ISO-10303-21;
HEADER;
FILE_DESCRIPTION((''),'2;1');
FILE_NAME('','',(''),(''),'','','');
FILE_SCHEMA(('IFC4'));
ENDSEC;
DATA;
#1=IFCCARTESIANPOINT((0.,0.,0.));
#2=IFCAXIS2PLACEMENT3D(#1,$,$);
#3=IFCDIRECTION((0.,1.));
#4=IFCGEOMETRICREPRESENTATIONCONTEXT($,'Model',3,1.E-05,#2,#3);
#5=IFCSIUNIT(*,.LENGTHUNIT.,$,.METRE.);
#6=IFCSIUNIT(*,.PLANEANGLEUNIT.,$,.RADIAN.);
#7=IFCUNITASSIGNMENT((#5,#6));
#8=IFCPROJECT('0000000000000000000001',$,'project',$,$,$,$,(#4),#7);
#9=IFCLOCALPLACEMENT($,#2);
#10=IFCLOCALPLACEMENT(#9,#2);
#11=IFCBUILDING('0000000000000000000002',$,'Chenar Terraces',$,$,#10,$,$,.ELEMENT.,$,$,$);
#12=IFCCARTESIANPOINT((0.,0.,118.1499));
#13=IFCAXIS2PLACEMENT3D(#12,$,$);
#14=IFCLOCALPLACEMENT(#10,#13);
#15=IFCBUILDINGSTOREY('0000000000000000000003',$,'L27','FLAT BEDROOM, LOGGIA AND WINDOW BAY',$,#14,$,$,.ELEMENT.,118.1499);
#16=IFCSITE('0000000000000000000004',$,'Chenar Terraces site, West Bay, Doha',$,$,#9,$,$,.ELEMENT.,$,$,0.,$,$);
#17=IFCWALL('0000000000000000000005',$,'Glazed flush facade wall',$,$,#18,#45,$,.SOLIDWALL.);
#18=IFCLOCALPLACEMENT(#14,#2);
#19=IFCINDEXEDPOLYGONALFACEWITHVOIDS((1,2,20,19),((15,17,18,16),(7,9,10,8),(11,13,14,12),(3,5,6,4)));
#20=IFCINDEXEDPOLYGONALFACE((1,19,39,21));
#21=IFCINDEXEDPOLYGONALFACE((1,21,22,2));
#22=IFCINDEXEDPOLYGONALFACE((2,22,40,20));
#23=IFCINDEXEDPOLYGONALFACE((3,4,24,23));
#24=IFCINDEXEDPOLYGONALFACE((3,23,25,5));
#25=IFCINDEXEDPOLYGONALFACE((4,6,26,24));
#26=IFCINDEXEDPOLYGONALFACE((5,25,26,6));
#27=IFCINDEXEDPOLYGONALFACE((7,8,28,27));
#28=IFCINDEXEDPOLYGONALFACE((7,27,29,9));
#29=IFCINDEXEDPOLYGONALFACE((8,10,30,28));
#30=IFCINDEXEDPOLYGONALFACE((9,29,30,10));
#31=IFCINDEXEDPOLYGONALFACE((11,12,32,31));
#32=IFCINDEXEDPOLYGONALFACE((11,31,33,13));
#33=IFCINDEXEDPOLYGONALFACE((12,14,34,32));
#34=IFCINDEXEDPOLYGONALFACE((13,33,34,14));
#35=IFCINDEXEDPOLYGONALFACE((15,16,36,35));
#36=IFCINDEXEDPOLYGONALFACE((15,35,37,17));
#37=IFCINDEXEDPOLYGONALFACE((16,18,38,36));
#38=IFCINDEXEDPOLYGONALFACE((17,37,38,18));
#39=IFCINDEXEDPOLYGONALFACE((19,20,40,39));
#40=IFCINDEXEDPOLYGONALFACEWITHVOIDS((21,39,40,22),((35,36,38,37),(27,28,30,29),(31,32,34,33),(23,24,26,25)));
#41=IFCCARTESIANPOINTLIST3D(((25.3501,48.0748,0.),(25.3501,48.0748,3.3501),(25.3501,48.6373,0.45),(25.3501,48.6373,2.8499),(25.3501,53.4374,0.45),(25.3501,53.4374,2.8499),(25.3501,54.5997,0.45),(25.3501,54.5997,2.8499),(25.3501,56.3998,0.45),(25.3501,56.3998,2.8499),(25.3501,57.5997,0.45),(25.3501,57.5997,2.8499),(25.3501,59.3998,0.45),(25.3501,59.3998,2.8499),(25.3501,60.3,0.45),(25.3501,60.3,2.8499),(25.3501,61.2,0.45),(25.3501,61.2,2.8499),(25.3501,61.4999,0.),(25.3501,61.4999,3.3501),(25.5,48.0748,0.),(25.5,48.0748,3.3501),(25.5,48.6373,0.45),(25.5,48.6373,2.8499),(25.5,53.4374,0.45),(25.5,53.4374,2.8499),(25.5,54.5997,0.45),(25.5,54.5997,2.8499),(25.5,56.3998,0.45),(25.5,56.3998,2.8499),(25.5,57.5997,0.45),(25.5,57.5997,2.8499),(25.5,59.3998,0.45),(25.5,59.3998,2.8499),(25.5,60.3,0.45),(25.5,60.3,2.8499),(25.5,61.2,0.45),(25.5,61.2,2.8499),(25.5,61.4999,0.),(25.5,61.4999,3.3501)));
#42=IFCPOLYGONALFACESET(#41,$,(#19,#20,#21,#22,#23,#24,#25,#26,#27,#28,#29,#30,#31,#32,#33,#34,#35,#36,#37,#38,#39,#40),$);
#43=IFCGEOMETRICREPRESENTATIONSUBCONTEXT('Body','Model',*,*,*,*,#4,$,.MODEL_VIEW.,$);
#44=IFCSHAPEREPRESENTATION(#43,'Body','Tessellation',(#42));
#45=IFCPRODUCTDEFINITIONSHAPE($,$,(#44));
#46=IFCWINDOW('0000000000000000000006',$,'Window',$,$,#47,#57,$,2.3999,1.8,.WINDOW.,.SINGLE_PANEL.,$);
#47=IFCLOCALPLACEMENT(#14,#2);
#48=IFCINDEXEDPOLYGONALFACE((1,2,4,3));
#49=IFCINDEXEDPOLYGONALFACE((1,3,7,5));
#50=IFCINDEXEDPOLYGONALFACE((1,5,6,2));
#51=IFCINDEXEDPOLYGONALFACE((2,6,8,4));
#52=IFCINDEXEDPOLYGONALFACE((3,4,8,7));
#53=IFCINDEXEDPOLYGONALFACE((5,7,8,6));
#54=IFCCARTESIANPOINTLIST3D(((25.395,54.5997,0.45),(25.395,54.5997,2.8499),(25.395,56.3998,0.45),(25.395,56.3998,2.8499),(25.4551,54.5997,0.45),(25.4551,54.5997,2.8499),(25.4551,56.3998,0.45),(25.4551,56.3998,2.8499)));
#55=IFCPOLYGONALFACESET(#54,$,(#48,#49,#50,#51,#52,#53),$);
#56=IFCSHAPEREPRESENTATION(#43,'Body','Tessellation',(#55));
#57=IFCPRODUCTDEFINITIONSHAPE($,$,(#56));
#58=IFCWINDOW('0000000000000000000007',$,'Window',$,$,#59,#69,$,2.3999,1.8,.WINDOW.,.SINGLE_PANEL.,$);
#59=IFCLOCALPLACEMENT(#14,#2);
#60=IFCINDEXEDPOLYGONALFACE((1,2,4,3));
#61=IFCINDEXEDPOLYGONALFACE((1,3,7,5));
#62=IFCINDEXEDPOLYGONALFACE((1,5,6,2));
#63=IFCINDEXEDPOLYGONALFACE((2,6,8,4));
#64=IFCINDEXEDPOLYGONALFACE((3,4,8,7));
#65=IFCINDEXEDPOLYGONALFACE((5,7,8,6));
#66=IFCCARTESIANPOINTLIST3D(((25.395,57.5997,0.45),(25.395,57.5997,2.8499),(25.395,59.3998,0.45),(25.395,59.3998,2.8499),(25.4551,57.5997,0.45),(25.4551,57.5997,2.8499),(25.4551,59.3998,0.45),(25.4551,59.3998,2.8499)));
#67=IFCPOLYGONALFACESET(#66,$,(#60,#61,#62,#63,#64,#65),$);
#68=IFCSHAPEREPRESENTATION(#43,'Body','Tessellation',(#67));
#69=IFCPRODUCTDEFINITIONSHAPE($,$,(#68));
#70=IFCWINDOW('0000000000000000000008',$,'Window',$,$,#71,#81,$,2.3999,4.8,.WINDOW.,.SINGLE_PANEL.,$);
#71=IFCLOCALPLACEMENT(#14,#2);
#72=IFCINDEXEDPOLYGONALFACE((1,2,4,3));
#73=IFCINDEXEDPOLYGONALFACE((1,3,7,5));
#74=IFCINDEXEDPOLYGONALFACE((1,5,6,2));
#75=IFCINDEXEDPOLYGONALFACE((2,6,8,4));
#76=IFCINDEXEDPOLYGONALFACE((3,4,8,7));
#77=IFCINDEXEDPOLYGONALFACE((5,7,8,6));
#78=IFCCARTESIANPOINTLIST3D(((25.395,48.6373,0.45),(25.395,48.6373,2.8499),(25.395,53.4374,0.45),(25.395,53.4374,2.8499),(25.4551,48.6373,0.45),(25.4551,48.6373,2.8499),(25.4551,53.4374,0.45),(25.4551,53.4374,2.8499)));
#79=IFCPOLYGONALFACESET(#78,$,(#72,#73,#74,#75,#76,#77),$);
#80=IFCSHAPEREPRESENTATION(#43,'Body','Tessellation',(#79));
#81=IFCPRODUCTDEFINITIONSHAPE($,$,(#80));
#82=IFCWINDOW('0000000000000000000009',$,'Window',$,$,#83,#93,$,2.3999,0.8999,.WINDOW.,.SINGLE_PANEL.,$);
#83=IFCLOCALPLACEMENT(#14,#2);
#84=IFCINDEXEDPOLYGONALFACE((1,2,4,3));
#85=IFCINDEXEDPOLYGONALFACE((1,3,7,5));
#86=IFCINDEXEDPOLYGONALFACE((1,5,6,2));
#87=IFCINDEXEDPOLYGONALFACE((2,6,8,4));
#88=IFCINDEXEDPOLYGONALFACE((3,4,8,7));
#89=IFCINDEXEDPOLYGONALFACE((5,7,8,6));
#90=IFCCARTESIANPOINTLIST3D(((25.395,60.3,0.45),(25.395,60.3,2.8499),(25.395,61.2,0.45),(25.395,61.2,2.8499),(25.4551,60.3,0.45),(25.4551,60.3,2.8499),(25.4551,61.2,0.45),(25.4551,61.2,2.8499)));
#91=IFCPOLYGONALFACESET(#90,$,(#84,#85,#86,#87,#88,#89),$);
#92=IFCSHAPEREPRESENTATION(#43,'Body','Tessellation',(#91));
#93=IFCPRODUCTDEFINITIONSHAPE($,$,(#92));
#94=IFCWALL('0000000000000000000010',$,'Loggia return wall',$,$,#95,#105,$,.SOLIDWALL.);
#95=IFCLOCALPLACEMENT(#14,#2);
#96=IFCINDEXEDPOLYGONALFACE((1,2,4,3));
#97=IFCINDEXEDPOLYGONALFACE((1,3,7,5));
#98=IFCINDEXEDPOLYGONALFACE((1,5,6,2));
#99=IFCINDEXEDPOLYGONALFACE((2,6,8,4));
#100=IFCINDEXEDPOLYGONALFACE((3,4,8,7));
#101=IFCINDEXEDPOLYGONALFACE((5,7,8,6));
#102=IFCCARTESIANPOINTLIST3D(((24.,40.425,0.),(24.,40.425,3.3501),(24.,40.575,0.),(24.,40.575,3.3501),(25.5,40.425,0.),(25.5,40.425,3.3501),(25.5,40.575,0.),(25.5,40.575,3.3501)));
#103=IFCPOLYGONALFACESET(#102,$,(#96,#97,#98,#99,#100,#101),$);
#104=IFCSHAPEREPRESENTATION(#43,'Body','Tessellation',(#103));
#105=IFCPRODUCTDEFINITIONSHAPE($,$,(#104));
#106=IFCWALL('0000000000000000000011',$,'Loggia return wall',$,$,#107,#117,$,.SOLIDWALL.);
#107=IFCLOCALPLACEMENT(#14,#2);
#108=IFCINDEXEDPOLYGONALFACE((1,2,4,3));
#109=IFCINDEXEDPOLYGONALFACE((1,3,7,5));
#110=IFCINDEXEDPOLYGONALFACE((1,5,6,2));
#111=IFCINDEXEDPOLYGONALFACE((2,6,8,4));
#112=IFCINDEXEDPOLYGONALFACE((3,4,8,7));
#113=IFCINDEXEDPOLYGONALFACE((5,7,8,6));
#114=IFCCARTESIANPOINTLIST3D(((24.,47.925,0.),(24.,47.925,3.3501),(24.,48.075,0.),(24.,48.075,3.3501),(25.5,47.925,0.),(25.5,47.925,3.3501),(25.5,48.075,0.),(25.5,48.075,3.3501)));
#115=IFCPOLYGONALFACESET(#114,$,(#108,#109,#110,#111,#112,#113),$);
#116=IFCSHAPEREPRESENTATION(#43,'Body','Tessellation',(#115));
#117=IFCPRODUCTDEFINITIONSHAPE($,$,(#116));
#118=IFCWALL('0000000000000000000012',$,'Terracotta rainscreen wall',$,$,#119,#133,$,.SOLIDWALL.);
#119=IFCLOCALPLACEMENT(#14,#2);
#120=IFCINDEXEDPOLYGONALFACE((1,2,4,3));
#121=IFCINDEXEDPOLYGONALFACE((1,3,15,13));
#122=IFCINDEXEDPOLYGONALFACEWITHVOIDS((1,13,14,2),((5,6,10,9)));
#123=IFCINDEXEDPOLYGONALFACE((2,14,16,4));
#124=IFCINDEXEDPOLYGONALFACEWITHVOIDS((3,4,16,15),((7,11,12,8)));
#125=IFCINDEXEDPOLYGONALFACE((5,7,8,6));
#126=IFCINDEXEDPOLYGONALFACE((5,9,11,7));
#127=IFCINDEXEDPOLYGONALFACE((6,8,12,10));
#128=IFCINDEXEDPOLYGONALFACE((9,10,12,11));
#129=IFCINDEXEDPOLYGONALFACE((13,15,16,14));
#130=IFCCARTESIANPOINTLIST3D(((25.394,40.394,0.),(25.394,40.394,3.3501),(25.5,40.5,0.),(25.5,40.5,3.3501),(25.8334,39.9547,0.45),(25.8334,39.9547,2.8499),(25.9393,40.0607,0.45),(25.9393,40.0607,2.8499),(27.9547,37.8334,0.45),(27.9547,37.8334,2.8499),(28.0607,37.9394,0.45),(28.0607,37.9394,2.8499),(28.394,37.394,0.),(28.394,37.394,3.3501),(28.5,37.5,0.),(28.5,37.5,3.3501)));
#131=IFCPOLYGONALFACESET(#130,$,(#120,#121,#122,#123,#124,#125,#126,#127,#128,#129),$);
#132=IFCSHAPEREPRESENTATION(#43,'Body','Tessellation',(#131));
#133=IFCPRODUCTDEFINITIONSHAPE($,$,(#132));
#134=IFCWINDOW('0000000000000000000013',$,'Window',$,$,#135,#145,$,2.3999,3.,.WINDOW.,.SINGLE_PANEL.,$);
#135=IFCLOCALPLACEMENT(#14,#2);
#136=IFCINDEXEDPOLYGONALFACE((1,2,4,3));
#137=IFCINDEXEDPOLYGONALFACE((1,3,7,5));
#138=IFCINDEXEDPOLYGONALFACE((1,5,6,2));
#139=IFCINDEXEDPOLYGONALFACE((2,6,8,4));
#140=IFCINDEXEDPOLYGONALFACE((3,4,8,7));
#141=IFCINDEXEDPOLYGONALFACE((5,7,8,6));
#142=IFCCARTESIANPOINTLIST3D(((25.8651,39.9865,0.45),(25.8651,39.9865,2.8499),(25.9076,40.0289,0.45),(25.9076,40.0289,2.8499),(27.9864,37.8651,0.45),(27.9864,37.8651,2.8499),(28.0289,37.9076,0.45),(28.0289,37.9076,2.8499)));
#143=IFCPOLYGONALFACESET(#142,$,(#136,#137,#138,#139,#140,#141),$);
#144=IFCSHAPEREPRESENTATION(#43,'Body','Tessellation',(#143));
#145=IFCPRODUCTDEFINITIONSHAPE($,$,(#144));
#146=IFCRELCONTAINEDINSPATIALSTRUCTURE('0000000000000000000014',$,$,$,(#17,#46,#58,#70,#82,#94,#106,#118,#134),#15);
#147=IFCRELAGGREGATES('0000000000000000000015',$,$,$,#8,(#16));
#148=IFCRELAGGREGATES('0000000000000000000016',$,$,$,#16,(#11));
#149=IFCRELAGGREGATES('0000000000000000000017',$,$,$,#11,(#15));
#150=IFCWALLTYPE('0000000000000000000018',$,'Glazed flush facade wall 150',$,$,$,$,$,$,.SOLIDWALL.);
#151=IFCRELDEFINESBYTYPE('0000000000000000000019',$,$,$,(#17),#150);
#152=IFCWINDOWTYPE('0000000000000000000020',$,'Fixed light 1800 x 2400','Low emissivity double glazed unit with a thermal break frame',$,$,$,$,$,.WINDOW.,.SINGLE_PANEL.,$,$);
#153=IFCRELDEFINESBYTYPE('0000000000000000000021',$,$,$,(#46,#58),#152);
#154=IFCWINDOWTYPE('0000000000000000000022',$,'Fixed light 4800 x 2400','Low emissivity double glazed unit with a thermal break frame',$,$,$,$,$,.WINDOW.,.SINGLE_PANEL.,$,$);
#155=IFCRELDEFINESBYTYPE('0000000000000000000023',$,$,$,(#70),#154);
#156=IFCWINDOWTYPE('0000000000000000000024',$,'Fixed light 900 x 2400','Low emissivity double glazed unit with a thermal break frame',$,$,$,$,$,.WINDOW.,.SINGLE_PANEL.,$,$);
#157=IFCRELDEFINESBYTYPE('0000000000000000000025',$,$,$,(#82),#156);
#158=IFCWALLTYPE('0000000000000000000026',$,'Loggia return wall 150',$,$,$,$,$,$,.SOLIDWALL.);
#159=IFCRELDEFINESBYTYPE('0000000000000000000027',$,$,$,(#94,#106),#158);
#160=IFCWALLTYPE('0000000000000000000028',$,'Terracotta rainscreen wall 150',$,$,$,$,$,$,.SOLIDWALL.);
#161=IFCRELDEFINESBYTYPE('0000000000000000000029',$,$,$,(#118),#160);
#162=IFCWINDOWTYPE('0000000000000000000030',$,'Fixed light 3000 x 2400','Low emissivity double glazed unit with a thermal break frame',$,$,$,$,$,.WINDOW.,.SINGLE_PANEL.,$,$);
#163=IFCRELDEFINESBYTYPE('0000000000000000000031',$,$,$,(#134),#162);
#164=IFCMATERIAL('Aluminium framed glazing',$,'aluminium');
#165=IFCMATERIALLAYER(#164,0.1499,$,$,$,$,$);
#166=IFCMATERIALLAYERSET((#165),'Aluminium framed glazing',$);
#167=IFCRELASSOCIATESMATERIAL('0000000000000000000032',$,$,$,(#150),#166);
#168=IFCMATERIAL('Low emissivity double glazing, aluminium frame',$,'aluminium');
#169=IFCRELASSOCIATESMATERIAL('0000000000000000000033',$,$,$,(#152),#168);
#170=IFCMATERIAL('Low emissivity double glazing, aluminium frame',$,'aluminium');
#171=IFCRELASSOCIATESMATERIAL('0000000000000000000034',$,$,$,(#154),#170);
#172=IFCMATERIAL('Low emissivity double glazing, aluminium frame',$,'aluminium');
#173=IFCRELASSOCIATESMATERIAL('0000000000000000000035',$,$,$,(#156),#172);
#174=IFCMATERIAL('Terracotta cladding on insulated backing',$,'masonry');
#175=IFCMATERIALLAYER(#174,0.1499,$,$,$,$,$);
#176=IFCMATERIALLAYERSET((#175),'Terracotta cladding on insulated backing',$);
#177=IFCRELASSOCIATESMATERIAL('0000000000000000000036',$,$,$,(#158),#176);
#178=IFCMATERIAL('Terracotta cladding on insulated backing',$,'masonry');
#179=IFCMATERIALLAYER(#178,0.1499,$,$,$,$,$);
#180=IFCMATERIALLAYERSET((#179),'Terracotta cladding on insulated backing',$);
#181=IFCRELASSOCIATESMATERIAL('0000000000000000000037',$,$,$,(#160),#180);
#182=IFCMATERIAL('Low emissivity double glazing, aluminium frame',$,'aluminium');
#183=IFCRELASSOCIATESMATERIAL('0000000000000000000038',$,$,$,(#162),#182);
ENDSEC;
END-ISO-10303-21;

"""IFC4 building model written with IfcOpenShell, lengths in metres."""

from ifc_helpers import new_model, si_unit, direction, frame, frame_2d, origin, place, context, subcontext, project, spatial, rectangle, extrude, material, layer, layer_set, type_object, element, fill, save


model = new_model("IFC4")

# Units and contexts
model_context = context("Model", 3, precision=1e-05, world=origin(), true_north=direction((0.0, 1.0)))
body_context = subcontext(model_context, "Body", "Model", "MODEL_VIEW")
ifc_project = project(units=[si_unit("LENGTHUNIT", "METRE"), si_unit("PLANEANGLEUNIT", "RADIAN")], contexts=[model_context])

# Site, building, storey
site_placement = place(None, origin())
site = spatial("IfcSite", under=ifc_project, at=site_placement, Name="Chenar Terraces site, West Bay, Doha", CompositionType="ELEMENT", RefElevation=0.0)
building_placement = place(site_placement, origin())
building = spatial("IfcBuilding", under=site, at=building_placement, Name="Chenar Terraces", CompositionType="ELEMENT")
storey_placement = place(building_placement, frame((0.0, 0.0, 118.1499)))
storey = spatial("IfcBuildingStorey", under=building, at=storey_placement, Name="L27", Description="FLAT BEDROOM, LOGGIA AND WINDOW BAY", CompositionType="ELEMENT", Elevation=118.1499)

# Wall, openings, windows
ifc_material_1 = material(Name="Aluminium framed glazing", Category="aluminium")
ifc_layer_1 = layer(ifc_material_1, 0.1499)
ifc_layer_set_1 = layer_set([ifc_layer_1], Name="Aluminium framed glazing")
wall_type_1 = type_object("IfcWallType", Name="Glazed flush facade wall 150", PredefinedType="SOLIDWALL", material=ifc_layer_set_1)
wall_1_placement = place(storey_placement, frame((25.425, 48.075, 0.0), z_axis=(0.0, 0.0, 1.0), x_axis=(0.0, 1.0, 0.0)))
wall_1 = element("IfcWall", 1, at=wall_1_placement, inside=storey, type_object=wall_type_1, Name="Glazed flush facade wall", PredefinedType="SOLIDWALL", context=body_context, shape_type="SweptSolid", body=[
    extrude(rectangle(XDim=13.425, YDim=0.1499, at=frame_2d((6.7124, 0.0))), origin(), (0.0, 0.0, 1.0), 3.3501),
])
opening_1_placement = place(wall_1_placement, frame((0.5625, 0.0, 0.45)))
opening_1 = element("IfcOpeningElement", 2, at=opening_1_placement, cuts=wall_1, PredefinedType="OPENING", context=body_context, shape_type="SweptSolid", body=[
    extrude(rectangle(XDim=4.8, YDim=2.3999, at=frame_2d((2.3999, 1.2))), frame((0.0, 0.085, 0.0), z_axis=(0.0, -1.0, 0.0), x_axis=(1.0, 0.0, 0.0)), (0.0, 0.0, 1.0), 0.1699),
])
opening_2_placement = place(wall_1_placement, frame((6.5249, 0.0, 0.45)))
opening_2 = element("IfcOpeningElement", 3, at=opening_2_placement, cuts=wall_1, PredefinedType="OPENING", context=body_context, shape_type="SweptSolid", body=[
    extrude(rectangle(XDim=1.8, YDim=2.3999, at=frame_2d((0.8999, 1.2))), frame((0.0, 0.085, 0.0), z_axis=(0.0, -1.0, 0.0), x_axis=(1.0, 0.0, 0.0)), (0.0, 0.0, 1.0), 0.1699),
])
opening_3_placement = place(wall_1_placement, frame((9.5249, 0.0, 0.45)))
opening_3 = element("IfcOpeningElement", 4, at=opening_3_placement, cuts=wall_1, PredefinedType="OPENING", context=body_context, shape_type="SweptSolid", body=[
    extrude(rectangle(XDim=1.8, YDim=2.3999, at=frame_2d((0.8999, 1.2))), frame((0.0, 0.085, 0.0), z_axis=(0.0, -1.0, 0.0), x_axis=(1.0, 0.0, 0.0)), (0.0, 0.0, 1.0), 0.1699),
])
opening_4_placement = place(wall_1_placement, frame((12.2251, 0.0, 0.45)))
opening_4 = element("IfcOpeningElement", 5, at=opening_4_placement, cuts=wall_1, PredefinedType="OPENING", context=body_context, shape_type="SweptSolid", body=[
    extrude(rectangle(XDim=0.8999, YDim=2.3999, at=frame_2d((0.45, 1.2))), frame((0.0, 0.085, 0.0), z_axis=(0.0, -1.0, 0.0), x_axis=(1.0, 0.0, 0.0)), (0.0, 0.0, 1.0), 0.1699),
])
ifc_material_2 = material(Name="Low emissivity double glazing, aluminium frame", Category="aluminium")
window_type_1 = type_object("IfcWindowType", Name="Fixed light 1800 x 2400", Description="Low emissivity double glazed unit with a thermal break frame", PartitioningType="SINGLE_PANEL", PredefinedType="WINDOW", material=ifc_material_2)
window_1_placement = place(opening_2_placement, origin())
window_1 = element("IfcWindow", 6, at=window_1_placement, inside=storey, type_object=window_type_1, Name="Window", OverallHeight=2.3999, OverallWidth=1.8, PartitioningType="SINGLE_PANEL", PredefinedType="WINDOW", context=body_context, shape_type="SweptSolid", body=[
    extrude(rectangle(XDim=1.8, YDim=2.3999, at=frame_2d((0.8999, 1.2))), frame((0.0, 0.03, 0.0), z_axis=(0.0, -1.0, 0.0), x_axis=(1.0, 0.0, 0.0)), (0.0, 0.0, 1.0), 0.0601),
])
fill(opening_2, window_1)
window_2_placement = place(opening_3_placement, origin())
window_2 = element("IfcWindow", 7, at=window_2_placement, inside=storey, type_object=window_type_1, Name="Window", OverallHeight=2.3999, OverallWidth=1.8, PartitioningType="SINGLE_PANEL", PredefinedType="WINDOW", context=body_context, shape_type="SweptSolid", body=[
    extrude(rectangle(XDim=1.8, YDim=2.3999, at=frame_2d((0.8999, 1.2))), frame((0.0, 0.03, 0.0), z_axis=(0.0, -1.0, 0.0), x_axis=(1.0, 0.0, 0.0)), (0.0, 0.0, 1.0), 0.0601),
])
fill(opening_3, window_2)
ifc_material_3 = material(Name="Low emissivity double glazing, aluminium frame", Category="aluminium")
window_type_2 = type_object("IfcWindowType", Name="Fixed light 4800 x 2400", Description="Low emissivity double glazed unit with a thermal break frame", PartitioningType="SINGLE_PANEL", PredefinedType="WINDOW", material=ifc_material_3)
window_3_placement = place(opening_1_placement, origin())
window_3 = element("IfcWindow", 8, at=window_3_placement, inside=storey, type_object=window_type_2, Name="Window", OverallHeight=2.3999, OverallWidth=4.8, PartitioningType="SINGLE_PANEL", PredefinedType="WINDOW", context=body_context, shape_type="SweptSolid", body=[
    extrude(rectangle(XDim=4.8, YDim=2.3999, at=frame_2d((2.3999, 1.2))), frame((0.0, 0.03, 0.0), z_axis=(0.0, -1.0, 0.0), x_axis=(1.0, 0.0, 0.0)), (0.0, 0.0, 1.0), 0.0601),
])
fill(opening_1, window_3)
ifc_material_4 = material(Name="Low emissivity double glazing, aluminium frame", Category="aluminium")
window_type_3 = type_object("IfcWindowType", Name="Fixed light 900 x 2400", Description="Low emissivity double glazed unit with a thermal break frame", PartitioningType="SINGLE_PANEL", PredefinedType="WINDOW", material=ifc_material_4)
window_4_placement = place(opening_4_placement, origin())
window_4 = element("IfcWindow", 9, at=window_4_placement, inside=storey, type_object=window_type_3, Name="Window", OverallHeight=2.3999, OverallWidth=0.8999, PartitioningType="SINGLE_PANEL", PredefinedType="WINDOW", context=body_context, shape_type="SweptSolid", body=[
    extrude(rectangle(XDim=0.8999, YDim=2.3999, at=frame_2d((0.45, 1.2))), frame((0.0, 0.03, 0.0), z_axis=(0.0, -1.0, 0.0), x_axis=(1.0, 0.0, 0.0)), (0.0, 0.0, 1.0), 0.0601),
])
fill(opening_4, window_4)

# Walls
ifc_material_5 = material(Name="Terracotta cladding on insulated backing", Category="masonry")
ifc_layer_2 = layer(ifc_material_5, 0.1499)
ifc_layer_set_2 = layer_set([ifc_layer_2], Name="Terracotta cladding on insulated backing")
wall_type_2 = type_object("IfcWallType", Name="Loggia return wall 150", PredefinedType="SOLIDWALL", material=ifc_layer_set_2)
for number, where, z_axis, x_axis, name in (
    (10, (25.5, 40.5, 0.0), (0.0, 0.0, 1.0), (-1.0, 0.0, 0.0), "Loggia return wall"),
    (11, (25.5, 48.0, 0.0), (0.0, 0.0, 1.0), (-1.0, 0.0, 0.0), "Loggia return wall"),
):
    element("IfcWall", number, at=place(storey_placement, frame(where, z_axis=z_axis, x_axis=x_axis)), inside=storey, type_object=wall_type_2, Name=name, PredefinedType="SOLIDWALL", context=body_context, shape_type="SweptSolid", body=[
        extrude(rectangle(XDim=1.5, YDim=0.1499, at=frame_2d((0.75, 0.0))), origin(), (0.0, 0.0, 1.0), 3.3501),
    ])

# Wall, opening, window
ifc_material_6 = material(Name="Terracotta cladding on insulated backing", Category="masonry")
ifc_layer_3 = layer(ifc_material_6, 0.1499)
ifc_layer_set_3 = layer_set([ifc_layer_3], Name="Terracotta cladding on insulated backing")
wall_type_3 = type_object("IfcWallType", Name="Terracotta rainscreen wall 150", PredefinedType="SOLIDWALL", material=ifc_layer_set_3)
wall_2_placement = place(storey_placement, frame((28.447, 37.447, 0.0), z_axis=(0.0, 0.0, 1.0), x_axis=(-0.707107, 0.707107, 0.0)))
wall_2 = element("IfcWall", 12, at=wall_2_placement, inside=storey, type_object=wall_type_3, Name="Terracotta rainscreen wall", PredefinedType="SOLIDWALL", context=body_context, shape_type="SweptSolid", body=[
    extrude(rectangle(XDim=4.2427, YDim=0.1499, at=frame_2d((2.1213, 0.0))), origin(), (0.0, 0.0, 1.0), 3.3501),
])
opening_5_placement = place(wall_2_placement, frame((0.6213, 0.0, 0.45)))
opening_5 = element("IfcOpeningElement", 13, at=opening_5_placement, cuts=wall_2, PredefinedType="OPENING", context=body_context, shape_type="SweptSolid", body=[
    extrude(rectangle(XDim=3.0, YDim=2.3999, at=frame_2d((1.5, 1.2))), frame((0.0, 0.085, 0.0), z_axis=(0.0, -1.0, 0.0), x_axis=(1.0, 0.0, 0.0)), (0.0, 0.0, 1.0), 0.1699),
])
ifc_material_7 = material(Name="Low emissivity double glazing, aluminium frame", Category="aluminium")
window_type_4 = type_object("IfcWindowType", Name="Fixed light 3000 x 2400", Description="Low emissivity double glazed unit with a thermal break frame", PartitioningType="SINGLE_PANEL", PredefinedType="WINDOW", material=ifc_material_7)
window_5_placement = place(opening_5_placement, origin())
window_5 = element("IfcWindow", 14, at=window_5_placement, inside=storey, type_object=window_type_4, Name="Window", OverallHeight=2.3999, OverallWidth=3.0, PartitioningType="SINGLE_PANEL", PredefinedType="WINDOW", context=body_context, shape_type="SweptSolid", body=[
    extrude(rectangle(XDim=3.0, YDim=2.3999, at=frame_2d((1.5, 1.2))), frame((0.0, 0.03, 0.0), z_axis=(0.0, -1.0, 0.0), x_axis=(1.0, 0.0, 0.0)), (0.0, 0.0, 1.0), 0.0601),
])
fill(opening_5, window_5)

save(model, "model.ifc")
